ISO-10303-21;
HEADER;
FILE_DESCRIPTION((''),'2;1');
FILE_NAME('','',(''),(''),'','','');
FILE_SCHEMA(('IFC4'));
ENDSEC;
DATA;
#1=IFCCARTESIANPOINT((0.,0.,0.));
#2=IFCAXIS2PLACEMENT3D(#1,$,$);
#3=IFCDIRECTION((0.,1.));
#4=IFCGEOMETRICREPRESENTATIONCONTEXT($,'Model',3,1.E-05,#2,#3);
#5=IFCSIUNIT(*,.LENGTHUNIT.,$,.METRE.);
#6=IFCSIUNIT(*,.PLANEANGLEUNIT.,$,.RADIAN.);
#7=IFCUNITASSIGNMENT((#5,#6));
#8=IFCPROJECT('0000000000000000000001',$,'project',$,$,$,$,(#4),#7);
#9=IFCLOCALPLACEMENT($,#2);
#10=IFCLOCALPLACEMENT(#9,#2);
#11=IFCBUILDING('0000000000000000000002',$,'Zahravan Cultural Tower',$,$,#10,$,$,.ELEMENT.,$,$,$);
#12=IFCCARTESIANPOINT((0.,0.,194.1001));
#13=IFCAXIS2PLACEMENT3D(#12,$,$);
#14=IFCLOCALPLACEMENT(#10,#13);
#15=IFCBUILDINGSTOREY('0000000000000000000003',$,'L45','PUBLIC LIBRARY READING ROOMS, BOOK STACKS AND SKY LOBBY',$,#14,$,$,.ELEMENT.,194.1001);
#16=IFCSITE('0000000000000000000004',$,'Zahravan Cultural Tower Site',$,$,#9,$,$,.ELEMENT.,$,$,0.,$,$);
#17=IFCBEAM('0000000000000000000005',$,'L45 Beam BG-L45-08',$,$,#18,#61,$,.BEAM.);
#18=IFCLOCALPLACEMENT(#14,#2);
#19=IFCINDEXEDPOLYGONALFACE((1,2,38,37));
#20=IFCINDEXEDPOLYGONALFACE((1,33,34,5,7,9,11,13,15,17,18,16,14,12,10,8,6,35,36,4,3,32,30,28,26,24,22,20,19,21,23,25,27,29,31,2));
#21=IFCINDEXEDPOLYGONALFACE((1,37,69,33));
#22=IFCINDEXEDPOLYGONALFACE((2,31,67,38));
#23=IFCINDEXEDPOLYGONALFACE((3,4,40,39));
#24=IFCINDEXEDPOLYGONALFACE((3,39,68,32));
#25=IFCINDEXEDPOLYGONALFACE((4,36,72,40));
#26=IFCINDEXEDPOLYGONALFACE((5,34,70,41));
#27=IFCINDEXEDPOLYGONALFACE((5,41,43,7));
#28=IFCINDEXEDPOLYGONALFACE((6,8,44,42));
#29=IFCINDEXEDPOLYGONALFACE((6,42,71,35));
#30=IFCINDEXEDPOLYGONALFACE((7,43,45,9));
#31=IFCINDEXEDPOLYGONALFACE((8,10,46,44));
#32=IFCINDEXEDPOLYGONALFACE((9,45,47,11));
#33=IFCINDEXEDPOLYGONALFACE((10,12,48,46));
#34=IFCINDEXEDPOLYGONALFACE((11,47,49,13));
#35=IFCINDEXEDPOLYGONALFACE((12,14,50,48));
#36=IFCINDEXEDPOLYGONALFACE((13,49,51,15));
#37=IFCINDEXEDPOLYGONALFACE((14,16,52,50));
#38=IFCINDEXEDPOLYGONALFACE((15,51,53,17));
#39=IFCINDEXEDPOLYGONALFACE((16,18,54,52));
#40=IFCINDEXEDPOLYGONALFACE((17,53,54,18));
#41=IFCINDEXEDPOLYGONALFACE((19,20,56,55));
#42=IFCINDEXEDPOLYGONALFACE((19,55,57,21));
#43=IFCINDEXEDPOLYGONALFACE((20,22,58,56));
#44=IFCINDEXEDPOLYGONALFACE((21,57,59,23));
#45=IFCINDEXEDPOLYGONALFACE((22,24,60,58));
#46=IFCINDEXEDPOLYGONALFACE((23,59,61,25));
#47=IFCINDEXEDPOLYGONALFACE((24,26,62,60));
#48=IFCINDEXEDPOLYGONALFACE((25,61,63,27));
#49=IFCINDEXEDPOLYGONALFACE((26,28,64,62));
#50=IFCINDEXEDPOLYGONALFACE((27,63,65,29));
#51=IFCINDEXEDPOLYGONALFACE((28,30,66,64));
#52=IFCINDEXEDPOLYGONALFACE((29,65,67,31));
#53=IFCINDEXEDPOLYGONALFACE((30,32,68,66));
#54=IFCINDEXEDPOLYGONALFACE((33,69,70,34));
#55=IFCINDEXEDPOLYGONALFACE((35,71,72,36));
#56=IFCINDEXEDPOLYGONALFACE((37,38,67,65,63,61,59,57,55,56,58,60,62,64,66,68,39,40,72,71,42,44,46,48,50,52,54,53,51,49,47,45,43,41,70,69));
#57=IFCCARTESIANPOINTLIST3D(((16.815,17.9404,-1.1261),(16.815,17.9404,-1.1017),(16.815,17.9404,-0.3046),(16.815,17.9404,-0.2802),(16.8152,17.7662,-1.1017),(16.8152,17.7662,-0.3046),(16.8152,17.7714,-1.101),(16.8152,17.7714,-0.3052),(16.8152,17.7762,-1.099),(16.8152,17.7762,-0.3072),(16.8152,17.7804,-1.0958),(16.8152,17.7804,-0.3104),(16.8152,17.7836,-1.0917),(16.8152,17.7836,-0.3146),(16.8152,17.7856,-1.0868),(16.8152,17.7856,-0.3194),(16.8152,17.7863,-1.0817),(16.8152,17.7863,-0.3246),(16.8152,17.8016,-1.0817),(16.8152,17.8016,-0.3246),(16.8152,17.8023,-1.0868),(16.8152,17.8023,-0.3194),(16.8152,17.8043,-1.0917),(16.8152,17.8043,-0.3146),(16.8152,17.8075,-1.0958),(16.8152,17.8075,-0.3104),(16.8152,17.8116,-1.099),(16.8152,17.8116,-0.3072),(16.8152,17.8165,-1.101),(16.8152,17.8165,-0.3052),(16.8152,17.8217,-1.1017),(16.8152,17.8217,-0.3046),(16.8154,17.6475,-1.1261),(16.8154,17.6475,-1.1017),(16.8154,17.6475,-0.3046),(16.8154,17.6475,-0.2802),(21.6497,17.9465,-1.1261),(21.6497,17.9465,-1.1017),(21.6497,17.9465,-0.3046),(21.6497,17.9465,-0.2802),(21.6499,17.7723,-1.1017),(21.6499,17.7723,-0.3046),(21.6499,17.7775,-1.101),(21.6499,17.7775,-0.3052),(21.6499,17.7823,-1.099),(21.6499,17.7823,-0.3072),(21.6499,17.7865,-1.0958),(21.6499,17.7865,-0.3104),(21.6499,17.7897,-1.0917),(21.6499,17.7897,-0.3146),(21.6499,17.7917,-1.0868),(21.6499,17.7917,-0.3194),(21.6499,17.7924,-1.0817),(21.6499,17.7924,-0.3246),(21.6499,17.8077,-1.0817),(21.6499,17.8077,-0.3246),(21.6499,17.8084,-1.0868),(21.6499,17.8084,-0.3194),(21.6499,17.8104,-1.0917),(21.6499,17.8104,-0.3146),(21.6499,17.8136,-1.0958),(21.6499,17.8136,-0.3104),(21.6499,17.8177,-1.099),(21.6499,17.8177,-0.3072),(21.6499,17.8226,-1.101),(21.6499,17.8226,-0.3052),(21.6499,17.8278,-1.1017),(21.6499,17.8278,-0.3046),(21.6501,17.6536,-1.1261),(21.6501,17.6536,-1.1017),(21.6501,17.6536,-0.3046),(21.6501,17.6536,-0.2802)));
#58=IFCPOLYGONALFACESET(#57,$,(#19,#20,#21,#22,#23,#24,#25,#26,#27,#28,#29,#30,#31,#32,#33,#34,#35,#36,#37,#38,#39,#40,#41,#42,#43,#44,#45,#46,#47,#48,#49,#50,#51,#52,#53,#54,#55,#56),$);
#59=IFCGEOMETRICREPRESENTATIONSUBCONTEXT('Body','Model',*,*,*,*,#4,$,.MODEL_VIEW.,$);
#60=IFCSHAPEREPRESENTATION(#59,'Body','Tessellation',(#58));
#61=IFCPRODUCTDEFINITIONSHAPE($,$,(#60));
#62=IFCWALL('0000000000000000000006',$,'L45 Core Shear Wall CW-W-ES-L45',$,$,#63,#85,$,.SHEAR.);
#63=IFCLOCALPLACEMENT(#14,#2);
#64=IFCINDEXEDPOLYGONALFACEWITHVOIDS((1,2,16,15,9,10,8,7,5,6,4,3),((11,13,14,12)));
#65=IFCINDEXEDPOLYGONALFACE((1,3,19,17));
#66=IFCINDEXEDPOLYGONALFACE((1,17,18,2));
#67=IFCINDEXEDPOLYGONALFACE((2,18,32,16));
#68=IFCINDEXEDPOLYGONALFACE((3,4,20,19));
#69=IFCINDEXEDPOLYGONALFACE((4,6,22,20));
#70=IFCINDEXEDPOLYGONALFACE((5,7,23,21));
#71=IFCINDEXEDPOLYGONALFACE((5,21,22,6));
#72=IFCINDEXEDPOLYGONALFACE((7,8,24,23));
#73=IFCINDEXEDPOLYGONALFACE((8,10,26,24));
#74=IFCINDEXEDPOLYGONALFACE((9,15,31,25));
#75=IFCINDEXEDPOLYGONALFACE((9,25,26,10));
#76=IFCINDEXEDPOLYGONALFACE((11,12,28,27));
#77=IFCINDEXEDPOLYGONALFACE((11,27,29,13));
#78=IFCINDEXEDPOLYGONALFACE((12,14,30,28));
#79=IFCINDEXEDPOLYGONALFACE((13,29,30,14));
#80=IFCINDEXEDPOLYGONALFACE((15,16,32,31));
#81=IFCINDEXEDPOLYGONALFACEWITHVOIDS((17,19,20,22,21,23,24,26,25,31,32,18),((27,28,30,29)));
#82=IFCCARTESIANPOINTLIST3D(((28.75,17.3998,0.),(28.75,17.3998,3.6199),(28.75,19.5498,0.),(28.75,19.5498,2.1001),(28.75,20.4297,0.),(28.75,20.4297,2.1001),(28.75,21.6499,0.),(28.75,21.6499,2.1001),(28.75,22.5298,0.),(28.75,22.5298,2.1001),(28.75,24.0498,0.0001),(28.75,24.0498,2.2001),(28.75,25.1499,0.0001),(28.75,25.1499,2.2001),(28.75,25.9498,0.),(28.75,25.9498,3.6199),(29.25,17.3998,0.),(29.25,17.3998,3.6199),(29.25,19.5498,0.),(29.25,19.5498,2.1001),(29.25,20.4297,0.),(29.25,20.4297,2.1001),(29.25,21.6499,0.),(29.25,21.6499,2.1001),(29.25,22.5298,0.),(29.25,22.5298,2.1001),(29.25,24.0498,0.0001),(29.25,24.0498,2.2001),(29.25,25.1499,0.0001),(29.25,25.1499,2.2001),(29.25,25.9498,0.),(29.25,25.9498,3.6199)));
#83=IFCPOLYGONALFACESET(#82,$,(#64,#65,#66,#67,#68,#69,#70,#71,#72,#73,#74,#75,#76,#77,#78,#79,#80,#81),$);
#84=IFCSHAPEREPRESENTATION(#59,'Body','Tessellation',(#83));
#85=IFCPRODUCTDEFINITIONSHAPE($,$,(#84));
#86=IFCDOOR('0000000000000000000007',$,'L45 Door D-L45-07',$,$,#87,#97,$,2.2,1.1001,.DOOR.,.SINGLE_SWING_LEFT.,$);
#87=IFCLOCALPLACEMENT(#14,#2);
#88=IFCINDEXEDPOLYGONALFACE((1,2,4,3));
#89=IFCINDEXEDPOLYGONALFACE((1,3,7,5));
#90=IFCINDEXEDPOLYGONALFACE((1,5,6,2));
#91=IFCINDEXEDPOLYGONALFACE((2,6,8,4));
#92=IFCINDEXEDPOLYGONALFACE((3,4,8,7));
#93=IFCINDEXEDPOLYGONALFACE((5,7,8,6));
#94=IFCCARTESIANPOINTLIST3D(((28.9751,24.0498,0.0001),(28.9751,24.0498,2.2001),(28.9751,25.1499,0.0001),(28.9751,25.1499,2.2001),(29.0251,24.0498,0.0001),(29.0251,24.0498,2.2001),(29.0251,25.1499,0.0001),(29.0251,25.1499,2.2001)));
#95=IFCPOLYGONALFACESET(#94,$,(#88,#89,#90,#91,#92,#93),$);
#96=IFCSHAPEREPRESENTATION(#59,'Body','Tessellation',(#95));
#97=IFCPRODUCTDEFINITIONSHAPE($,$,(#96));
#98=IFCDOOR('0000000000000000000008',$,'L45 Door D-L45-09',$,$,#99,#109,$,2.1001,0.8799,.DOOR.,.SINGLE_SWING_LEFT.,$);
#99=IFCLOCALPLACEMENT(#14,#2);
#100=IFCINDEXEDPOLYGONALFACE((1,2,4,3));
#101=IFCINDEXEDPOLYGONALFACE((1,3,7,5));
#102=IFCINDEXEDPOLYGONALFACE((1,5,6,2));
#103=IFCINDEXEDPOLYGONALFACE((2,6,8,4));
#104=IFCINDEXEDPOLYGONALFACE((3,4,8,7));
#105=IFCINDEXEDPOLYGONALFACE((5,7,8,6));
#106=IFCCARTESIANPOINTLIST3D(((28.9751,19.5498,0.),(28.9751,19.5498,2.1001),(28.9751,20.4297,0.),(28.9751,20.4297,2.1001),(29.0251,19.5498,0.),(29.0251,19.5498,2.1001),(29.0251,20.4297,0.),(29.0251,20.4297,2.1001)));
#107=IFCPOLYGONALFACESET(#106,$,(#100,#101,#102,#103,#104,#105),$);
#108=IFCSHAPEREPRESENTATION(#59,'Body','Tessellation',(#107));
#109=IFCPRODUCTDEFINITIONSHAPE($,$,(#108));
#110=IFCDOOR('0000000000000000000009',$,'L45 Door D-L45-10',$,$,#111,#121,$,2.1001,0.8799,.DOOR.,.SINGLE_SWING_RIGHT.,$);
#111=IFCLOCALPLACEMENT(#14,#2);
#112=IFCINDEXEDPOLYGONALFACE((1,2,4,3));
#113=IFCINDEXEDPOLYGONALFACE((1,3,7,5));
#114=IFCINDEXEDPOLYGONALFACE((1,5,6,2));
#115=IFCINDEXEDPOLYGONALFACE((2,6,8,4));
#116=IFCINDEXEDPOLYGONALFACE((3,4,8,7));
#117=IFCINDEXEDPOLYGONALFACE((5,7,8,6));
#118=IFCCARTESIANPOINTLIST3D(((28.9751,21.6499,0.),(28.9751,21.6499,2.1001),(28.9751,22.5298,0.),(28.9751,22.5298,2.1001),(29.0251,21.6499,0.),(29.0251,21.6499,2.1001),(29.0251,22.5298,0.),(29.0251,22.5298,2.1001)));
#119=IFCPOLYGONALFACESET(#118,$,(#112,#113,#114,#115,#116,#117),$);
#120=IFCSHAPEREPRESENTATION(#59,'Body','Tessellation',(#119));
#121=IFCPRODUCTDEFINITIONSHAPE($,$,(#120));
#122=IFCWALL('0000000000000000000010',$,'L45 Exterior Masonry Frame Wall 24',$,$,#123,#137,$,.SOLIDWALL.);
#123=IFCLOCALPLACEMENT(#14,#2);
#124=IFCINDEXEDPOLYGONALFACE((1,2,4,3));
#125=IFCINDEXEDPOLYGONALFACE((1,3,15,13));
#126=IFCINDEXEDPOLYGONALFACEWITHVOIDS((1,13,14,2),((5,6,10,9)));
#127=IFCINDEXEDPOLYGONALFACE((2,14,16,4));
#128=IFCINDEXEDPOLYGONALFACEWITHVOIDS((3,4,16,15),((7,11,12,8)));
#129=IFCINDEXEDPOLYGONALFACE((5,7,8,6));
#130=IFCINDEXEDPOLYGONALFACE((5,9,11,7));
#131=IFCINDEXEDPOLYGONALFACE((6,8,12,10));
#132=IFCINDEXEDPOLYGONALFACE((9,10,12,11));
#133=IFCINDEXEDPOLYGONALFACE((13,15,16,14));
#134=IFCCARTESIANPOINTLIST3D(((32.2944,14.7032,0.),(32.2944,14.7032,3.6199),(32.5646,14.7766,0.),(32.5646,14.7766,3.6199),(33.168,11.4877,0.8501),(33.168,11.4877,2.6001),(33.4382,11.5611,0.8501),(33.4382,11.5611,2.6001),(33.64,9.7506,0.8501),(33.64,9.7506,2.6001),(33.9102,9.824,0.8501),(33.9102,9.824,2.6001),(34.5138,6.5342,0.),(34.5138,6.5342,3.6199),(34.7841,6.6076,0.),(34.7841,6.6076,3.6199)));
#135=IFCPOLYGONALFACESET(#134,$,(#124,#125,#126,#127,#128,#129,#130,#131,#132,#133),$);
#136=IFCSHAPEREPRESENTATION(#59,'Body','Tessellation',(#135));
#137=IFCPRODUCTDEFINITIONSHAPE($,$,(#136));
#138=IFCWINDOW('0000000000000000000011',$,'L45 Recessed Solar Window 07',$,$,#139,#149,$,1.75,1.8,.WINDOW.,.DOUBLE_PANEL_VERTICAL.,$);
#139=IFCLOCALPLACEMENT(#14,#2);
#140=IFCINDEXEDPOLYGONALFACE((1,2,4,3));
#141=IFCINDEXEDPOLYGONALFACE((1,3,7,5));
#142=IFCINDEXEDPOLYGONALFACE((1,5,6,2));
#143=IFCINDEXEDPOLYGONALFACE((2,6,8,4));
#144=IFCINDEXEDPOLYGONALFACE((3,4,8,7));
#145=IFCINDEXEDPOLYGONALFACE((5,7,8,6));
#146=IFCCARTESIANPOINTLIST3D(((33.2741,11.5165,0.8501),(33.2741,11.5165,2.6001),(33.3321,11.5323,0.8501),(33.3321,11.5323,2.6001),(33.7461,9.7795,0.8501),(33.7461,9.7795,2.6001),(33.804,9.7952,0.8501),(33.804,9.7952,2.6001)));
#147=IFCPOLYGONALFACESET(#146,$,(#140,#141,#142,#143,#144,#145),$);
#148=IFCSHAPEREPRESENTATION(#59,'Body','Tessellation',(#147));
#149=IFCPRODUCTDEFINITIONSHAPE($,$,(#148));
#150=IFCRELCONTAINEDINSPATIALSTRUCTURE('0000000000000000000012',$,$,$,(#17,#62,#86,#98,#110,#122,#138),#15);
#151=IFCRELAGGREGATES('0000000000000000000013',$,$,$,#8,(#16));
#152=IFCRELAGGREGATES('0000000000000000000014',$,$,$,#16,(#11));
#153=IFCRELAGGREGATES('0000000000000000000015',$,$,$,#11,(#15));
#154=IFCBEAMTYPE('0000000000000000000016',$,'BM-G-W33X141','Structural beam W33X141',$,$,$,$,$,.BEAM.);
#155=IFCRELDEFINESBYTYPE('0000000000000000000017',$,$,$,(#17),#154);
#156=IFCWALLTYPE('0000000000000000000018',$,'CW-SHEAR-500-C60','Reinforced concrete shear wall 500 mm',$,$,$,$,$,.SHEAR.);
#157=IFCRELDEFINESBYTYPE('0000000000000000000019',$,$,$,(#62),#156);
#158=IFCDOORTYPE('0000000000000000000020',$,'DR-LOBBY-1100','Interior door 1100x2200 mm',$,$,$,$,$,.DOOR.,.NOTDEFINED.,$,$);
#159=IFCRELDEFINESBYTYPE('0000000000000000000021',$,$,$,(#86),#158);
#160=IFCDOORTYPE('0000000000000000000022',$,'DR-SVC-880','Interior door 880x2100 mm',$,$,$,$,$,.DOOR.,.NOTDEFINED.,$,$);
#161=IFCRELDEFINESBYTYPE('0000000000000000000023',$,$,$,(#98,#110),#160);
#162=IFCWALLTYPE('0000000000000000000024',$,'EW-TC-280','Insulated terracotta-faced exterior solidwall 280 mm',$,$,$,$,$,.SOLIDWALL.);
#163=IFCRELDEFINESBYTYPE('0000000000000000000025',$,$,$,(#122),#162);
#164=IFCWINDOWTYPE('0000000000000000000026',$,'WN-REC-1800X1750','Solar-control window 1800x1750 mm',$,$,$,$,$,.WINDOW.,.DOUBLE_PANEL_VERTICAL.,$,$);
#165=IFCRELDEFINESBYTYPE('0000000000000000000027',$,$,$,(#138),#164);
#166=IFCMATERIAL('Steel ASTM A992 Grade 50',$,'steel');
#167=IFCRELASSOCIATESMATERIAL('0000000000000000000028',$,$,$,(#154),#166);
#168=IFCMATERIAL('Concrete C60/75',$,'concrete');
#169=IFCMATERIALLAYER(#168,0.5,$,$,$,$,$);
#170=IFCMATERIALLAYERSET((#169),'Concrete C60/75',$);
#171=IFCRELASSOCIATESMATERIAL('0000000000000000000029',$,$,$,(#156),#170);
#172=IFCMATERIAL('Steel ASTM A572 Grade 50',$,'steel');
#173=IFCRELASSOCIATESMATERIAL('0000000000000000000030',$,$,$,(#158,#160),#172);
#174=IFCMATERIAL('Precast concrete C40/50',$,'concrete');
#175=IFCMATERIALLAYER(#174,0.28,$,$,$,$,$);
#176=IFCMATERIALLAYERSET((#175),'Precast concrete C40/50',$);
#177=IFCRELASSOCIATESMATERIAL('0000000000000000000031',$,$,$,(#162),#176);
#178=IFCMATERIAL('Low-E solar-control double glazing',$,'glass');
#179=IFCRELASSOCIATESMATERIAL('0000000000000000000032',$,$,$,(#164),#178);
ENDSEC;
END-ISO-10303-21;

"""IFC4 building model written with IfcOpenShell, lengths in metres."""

from ifc_helpers import new_model, si_unit, direction, frame, frame_2d, origin, origin_2d, place, context, subcontext, project, spatial, rectangle, i_section, extrude, source, transform, mapped, material, layer, layer_set, material_profile, profile_set, type_object, element, fill, save


model = new_model("IFC4")

# Units and contexts
model_context = context("Model", 3, precision=1e-05, world=origin(), true_north=direction((0.0, 1.0)))
body_context = subcontext(model_context, "Body", "Model", "MODEL_VIEW")
ifc_project = project(units=[si_unit("LENGTHUNIT", "METRE"), si_unit("PLANEANGLEUNIT", "RADIAN")], contexts=[model_context])

# Site, building, storey
site_placement = place(None, origin())
site = spatial("IfcSite", under=ifc_project, at=site_placement, Name="Zahravan Cultural Tower Site", CompositionType="ELEMENT", RefElevation=0.0)
building_placement = place(site_placement, origin())
building = spatial("IfcBuilding", under=site, at=building_placement, Name="Zahravan Cultural Tower", CompositionType="ELEMENT")
storey_placement = place(building_placement, frame((0.0, 0.0, 194.1001)))
storey = spatial("IfcBuildingStorey", under=building, at=storey_placement, Name="L45", Description="PUBLIC LIBRARY READING ROOMS, BOOK STACKS AND SKY LOBBY", CompositionType="ELEMENT", Elevation=194.1001)

# Beam
ifc_material_1 = material(Name="Steel ASTM A992 Grade 50", Category="steel")
ifc_material_profile_1 = material_profile(ifc_material_1, i_section(OverallWidth=0.293, OverallDepth=0.8459, WebThickness=0.0154, FlangeThickness=0.0244, FilletRadius=0.02, at=origin_2d()), Name="W33X141")
ifc_profile_set_1 = profile_set([ifc_material_profile_1], Name="Steel ASTM A992 Grade 50")
beam_type_1 = type_object("IfcBeamType", Name="BM-G-W33X141", Description="Structural beam W33X141", PredefinedType="BEAM", material=ifc_profile_set_1)
shared_shape_1 = source(origin(), body_context, "Body", "SweptSolid", [
    extrude(i_section(OverallWidth=0.293, OverallDepth=0.8459, WebThickness=0.0154, FlangeThickness=0.0244, FilletRadius=0.02, at=origin_2d()), origin(), (0.0, 0.0, 1.0), 4.8347),
])
beam_1_placement = place(storey_placement, frame((21.6499, 17.8, -0.7031), z_axis=(-0.999999, -0.001262, 0.0), x_axis=(0.001262, -0.999999, 0.0)))
element("IfcBeam", 1, at=beam_1_placement, inside=storey, type_object=beam_type_1, Name="L45 Beam BG-L45-08", PredefinedType="BEAM", context=body_context, shape_type="MappedRepresentation", body=[
    mapped(shared_shape_1, transform((0.0, 0.0, 0.0), x_axis=(1.0, 0.0, 0.0), y_axis=(0.0, 1.0, 0.0), z_axis=(0.0, 0.0, 1.0), scale=1.0)),
])

# Wall, openings, doors
ifc_material_2 = material(Name="Concrete C60/75", Category="concrete")
ifc_layer_1 = layer(ifc_material_2, 0.5)
ifc_layer_set_1 = layer_set([ifc_layer_1], Name="Concrete C60/75")
wall_type_1 = type_object("IfcWallType", Name="CW-SHEAR-500-C60", Description="Reinforced concrete shear wall 500 mm", PredefinedType="SHEAR", material=ifc_layer_set_1)
wall_1_placement = place(storey_placement, frame((29.0, 17.3999, 0.0), z_axis=(0.0, 0.0, 1.0), x_axis=(0.0, 1.0, 0.0)))
wall_1 = element("IfcWall", 2, at=wall_1_placement, inside=storey, type_object=wall_type_1, Name="L45 Core Shear Wall CW-W-ES-L45", PredefinedType="SHEAR", context=body_context, shape_type="SweptSolid", body=[
    extrude(rectangle(XDim=8.55, YDim=0.5, at=frame_2d((4.2749, 0.0))), origin(), (0.0, 0.0, 1.0), 3.6199),
])
opening_1_placement = place(wall_1_placement, frame((6.6499, 0.0, 0.0)))
opening_1 = element("IfcOpeningElement", 3, at=opening_1_placement, cuts=wall_1, PredefinedType="OPENING", context=body_context, shape_type="SweptSolid", body=[
    extrude(rectangle(XDim=1.1001, YDim=2.2, at=frame_2d((0.55, 1.1001))), frame((0.0, 0.26, 0.0), z_axis=(0.0, -1.0, 0.0), x_axis=(1.0, 0.0, 0.0)), (0.0, 0.0, 1.0), 0.52),
])
opening_2_placement = place(wall_1_placement, frame((2.1499, 0.0, 0.0)))
opening_2 = element("IfcOpeningElement", 4, at=opening_2_placement, cuts=wall_1, PredefinedType="OPENING", context=body_context, shape_type="SweptSolid", body=[
    extrude(rectangle(XDim=0.8799, YDim=2.1001, at=frame_2d((0.4399, 1.05))), frame((0.0, 0.26, 0.0), z_axis=(0.0, -1.0, 0.0), x_axis=(1.0, 0.0, 0.0)), (0.0, 0.0, 1.0), 0.52),
])
opening_3_placement = place(wall_1_placement, frame((4.25, 0.0, 0.0)))
opening_3 = element("IfcOpeningElement", 5, at=opening_3_placement, cuts=wall_1, PredefinedType="OPENING", context=body_context, shape_type="SweptSolid", body=[
    extrude(rectangle(XDim=0.8799, YDim=2.1001, at=frame_2d((0.4399, 1.05))), frame((0.0, 0.26, 0.0), z_axis=(0.0, -1.0, 0.0), x_axis=(1.0, 0.0, 0.0)), (0.0, 0.0, 1.0), 0.52),
])
ifc_material_3 = material(Name="Steel ASTM A572 Grade 50", Category="steel")
door_type_1 = type_object("IfcDoorType", Name="DR-LOBBY-1100", Description="Interior door 1100x2200 mm", OperationType="NOTDEFINED", PredefinedType="DOOR", material=ifc_material_3)
shared_shape_2 = source(origin(), body_context, "Body", "SweptSolid", [
    extrude(rectangle(XDim=1.1001, YDim=2.2, at=frame_2d((0.55, 1.1001))), frame((0.0, 0.0249, 0.0), z_axis=(0.0, -1.0, 0.0), x_axis=(1.0, 0.0, 0.0)), (0.0, 0.0, 1.0), 0.05),
])
door_1_placement = place(opening_1_placement, origin())
door_1 = element("IfcDoor", 6, at=door_1_placement, inside=storey, type_object=door_type_1, Name="L45 Door D-L45-07", OperationType="SINGLE_SWING_LEFT", OverallHeight=2.2, OverallWidth=1.1001, PredefinedType="DOOR", context=body_context, shape_type="MappedRepresentation", body=[
    mapped(shared_shape_2, transform((0.0, 0.0, 0.0), x_axis=(1.0, 0.0, 0.0), y_axis=(0.0, 1.0, 0.0), z_axis=(0.0, 0.0, 1.0), scale=1.0)),
])
fill(opening_1, door_1)
door_type_2 = type_object("IfcDoorType", Name="DR-SVC-880", Description="Interior door 880x2100 mm", OperationType="NOTDEFINED", PredefinedType="DOOR", material=ifc_material_3)
shared_shape_3 = source(origin(), body_context, "Body", "SweptSolid", [
    extrude(rectangle(XDim=0.8799, YDim=2.1001, at=frame_2d((0.4399, 1.05))), frame((0.0, 0.0249, 0.0), z_axis=(0.0, -1.0, 0.0), x_axis=(1.0, 0.0, 0.0)), (0.0, 0.0, 1.0), 0.05),
])
door_2_placement = place(opening_2_placement, origin())
door_2 = element("IfcDoor", 7, at=door_2_placement, inside=storey, type_object=door_type_2, Name="L45 Door D-L45-09", OperationType="SINGLE_SWING_LEFT", OverallHeight=2.1001, OverallWidth=0.8799, PredefinedType="DOOR", context=body_context, shape_type="MappedRepresentation", body=[
    mapped(shared_shape_3, transform((0.0, 0.0, 0.0), x_axis=(1.0, 0.0, 0.0), y_axis=(0.0, 1.0, 0.0), z_axis=(0.0, 0.0, 1.0), scale=1.0)),
])
fill(opening_2, door_2)
door_3_placement = place(opening_3_placement, origin())
door_3 = element("IfcDoor", 8, at=door_3_placement, inside=storey, type_object=door_type_2, Name="L45 Door D-L45-10", OperationType="SINGLE_SWING_RIGHT", OverallHeight=2.1001, OverallWidth=0.8799, PredefinedType="DOOR", context=body_context, shape_type="MappedRepresentation", body=[
    mapped(shared_shape_3, transform((0.0, 0.0, 0.0), x_axis=(1.0, 0.0, 0.0), y_axis=(0.0, 1.0, 0.0), z_axis=(0.0, 0.0, 1.0), scale=1.0)),
])
fill(opening_3, door_3)

# Wall, opening, window
ifc_material_4 = material(Name="Precast concrete C40/50", Category="concrete")
ifc_layer_2 = layer(ifc_material_4, 0.28)
ifc_layer_set_2 = layer_set([ifc_layer_2], Name="Precast concrete C40/50")
wall_type_2 = type_object("IfcWallType", Name="EW-TC-280", Description="Insulated terracotta-faced exterior solidwall 280 mm", PredefinedType="SOLIDWALL", material=ifc_layer_set_2)
wall_2_placement = place(storey_placement, frame((34.6489, 6.571, 0.0), z_axis=(0.0, 0.0, 1.0), x_axis=(-0.262192, 0.965016, 0.0)))
wall_2 = element("IfcWall", 9, at=wall_2_placement, inside=storey, type_object=wall_type_2, Name="L45 Exterior Masonry Frame Wall 24", PredefinedType="SOLIDWALL", context=body_context, shape_type="SweptSolid", body=[
    extrude(rectangle(XDim=8.4651, YDim=0.28, at=frame_2d((4.2324, 0.0))), origin(), (0.0, 0.0, 1.0), 3.6199),
])
opening_4_placement = place(wall_2_placement, frame((3.333, 0.0, 0.8501)))
opening_4 = element("IfcOpeningElement", 10, at=opening_4_placement, cuts=wall_2, PredefinedType="OPENING", context=body_context, shape_type="SweptSolid", body=[
    extrude(rectangle(XDim=1.8, YDim=1.75, at=frame_2d((0.8999, 0.875))), frame((0.0, 0.1499, 0.0), z_axis=(0.0, -1.0, 0.0), x_axis=(1.0, 0.0, 0.0)), (0.0, 0.0, 1.0), 0.3),
])
ifc_material_5 = material(Name="Low-E solar-control double glazing", Category="glass")
window_type = type_object("IfcWindowType", Name="WN-REC-1800X1750", Description="Solar-control window 1800x1750 mm", PartitioningType="DOUBLE_PANEL_VERTICAL", PredefinedType="WINDOW", material=ifc_material_5)
shared_shape_4 = source(origin(), body_context, "Body", "SweptSolid", [
    extrude(rectangle(XDim=1.8, YDim=1.75, at=frame_2d((0.8999, 0.875))), frame((0.0, 0.03, 0.0), z_axis=(0.0, -1.0, 0.0), x_axis=(1.0, 0.0, 0.0)), (0.0, 0.0, 1.0), 0.0601),
])
window_1_placement = place(opening_4_placement, origin())
window_1 = element("IfcWindow", 11, at=window_1_placement, inside=storey, type_object=window_type, Name="L45 Recessed Solar Window 07", OverallHeight=1.75, OverallWidth=1.8, PartitioningType="DOUBLE_PANEL_VERTICAL", PredefinedType="WINDOW", context=body_context, shape_type="MappedRepresentation", body=[
    mapped(shared_shape_4, transform((0.0, 0.0, 0.0), x_axis=(1.0, 0.0, 0.0), y_axis=(0.0, 1.0, 0.0), z_axis=(0.0, 0.0, 1.0), scale=1.0)),
])
fill(opening_4, window_1)

save(model, "model.ifc")
